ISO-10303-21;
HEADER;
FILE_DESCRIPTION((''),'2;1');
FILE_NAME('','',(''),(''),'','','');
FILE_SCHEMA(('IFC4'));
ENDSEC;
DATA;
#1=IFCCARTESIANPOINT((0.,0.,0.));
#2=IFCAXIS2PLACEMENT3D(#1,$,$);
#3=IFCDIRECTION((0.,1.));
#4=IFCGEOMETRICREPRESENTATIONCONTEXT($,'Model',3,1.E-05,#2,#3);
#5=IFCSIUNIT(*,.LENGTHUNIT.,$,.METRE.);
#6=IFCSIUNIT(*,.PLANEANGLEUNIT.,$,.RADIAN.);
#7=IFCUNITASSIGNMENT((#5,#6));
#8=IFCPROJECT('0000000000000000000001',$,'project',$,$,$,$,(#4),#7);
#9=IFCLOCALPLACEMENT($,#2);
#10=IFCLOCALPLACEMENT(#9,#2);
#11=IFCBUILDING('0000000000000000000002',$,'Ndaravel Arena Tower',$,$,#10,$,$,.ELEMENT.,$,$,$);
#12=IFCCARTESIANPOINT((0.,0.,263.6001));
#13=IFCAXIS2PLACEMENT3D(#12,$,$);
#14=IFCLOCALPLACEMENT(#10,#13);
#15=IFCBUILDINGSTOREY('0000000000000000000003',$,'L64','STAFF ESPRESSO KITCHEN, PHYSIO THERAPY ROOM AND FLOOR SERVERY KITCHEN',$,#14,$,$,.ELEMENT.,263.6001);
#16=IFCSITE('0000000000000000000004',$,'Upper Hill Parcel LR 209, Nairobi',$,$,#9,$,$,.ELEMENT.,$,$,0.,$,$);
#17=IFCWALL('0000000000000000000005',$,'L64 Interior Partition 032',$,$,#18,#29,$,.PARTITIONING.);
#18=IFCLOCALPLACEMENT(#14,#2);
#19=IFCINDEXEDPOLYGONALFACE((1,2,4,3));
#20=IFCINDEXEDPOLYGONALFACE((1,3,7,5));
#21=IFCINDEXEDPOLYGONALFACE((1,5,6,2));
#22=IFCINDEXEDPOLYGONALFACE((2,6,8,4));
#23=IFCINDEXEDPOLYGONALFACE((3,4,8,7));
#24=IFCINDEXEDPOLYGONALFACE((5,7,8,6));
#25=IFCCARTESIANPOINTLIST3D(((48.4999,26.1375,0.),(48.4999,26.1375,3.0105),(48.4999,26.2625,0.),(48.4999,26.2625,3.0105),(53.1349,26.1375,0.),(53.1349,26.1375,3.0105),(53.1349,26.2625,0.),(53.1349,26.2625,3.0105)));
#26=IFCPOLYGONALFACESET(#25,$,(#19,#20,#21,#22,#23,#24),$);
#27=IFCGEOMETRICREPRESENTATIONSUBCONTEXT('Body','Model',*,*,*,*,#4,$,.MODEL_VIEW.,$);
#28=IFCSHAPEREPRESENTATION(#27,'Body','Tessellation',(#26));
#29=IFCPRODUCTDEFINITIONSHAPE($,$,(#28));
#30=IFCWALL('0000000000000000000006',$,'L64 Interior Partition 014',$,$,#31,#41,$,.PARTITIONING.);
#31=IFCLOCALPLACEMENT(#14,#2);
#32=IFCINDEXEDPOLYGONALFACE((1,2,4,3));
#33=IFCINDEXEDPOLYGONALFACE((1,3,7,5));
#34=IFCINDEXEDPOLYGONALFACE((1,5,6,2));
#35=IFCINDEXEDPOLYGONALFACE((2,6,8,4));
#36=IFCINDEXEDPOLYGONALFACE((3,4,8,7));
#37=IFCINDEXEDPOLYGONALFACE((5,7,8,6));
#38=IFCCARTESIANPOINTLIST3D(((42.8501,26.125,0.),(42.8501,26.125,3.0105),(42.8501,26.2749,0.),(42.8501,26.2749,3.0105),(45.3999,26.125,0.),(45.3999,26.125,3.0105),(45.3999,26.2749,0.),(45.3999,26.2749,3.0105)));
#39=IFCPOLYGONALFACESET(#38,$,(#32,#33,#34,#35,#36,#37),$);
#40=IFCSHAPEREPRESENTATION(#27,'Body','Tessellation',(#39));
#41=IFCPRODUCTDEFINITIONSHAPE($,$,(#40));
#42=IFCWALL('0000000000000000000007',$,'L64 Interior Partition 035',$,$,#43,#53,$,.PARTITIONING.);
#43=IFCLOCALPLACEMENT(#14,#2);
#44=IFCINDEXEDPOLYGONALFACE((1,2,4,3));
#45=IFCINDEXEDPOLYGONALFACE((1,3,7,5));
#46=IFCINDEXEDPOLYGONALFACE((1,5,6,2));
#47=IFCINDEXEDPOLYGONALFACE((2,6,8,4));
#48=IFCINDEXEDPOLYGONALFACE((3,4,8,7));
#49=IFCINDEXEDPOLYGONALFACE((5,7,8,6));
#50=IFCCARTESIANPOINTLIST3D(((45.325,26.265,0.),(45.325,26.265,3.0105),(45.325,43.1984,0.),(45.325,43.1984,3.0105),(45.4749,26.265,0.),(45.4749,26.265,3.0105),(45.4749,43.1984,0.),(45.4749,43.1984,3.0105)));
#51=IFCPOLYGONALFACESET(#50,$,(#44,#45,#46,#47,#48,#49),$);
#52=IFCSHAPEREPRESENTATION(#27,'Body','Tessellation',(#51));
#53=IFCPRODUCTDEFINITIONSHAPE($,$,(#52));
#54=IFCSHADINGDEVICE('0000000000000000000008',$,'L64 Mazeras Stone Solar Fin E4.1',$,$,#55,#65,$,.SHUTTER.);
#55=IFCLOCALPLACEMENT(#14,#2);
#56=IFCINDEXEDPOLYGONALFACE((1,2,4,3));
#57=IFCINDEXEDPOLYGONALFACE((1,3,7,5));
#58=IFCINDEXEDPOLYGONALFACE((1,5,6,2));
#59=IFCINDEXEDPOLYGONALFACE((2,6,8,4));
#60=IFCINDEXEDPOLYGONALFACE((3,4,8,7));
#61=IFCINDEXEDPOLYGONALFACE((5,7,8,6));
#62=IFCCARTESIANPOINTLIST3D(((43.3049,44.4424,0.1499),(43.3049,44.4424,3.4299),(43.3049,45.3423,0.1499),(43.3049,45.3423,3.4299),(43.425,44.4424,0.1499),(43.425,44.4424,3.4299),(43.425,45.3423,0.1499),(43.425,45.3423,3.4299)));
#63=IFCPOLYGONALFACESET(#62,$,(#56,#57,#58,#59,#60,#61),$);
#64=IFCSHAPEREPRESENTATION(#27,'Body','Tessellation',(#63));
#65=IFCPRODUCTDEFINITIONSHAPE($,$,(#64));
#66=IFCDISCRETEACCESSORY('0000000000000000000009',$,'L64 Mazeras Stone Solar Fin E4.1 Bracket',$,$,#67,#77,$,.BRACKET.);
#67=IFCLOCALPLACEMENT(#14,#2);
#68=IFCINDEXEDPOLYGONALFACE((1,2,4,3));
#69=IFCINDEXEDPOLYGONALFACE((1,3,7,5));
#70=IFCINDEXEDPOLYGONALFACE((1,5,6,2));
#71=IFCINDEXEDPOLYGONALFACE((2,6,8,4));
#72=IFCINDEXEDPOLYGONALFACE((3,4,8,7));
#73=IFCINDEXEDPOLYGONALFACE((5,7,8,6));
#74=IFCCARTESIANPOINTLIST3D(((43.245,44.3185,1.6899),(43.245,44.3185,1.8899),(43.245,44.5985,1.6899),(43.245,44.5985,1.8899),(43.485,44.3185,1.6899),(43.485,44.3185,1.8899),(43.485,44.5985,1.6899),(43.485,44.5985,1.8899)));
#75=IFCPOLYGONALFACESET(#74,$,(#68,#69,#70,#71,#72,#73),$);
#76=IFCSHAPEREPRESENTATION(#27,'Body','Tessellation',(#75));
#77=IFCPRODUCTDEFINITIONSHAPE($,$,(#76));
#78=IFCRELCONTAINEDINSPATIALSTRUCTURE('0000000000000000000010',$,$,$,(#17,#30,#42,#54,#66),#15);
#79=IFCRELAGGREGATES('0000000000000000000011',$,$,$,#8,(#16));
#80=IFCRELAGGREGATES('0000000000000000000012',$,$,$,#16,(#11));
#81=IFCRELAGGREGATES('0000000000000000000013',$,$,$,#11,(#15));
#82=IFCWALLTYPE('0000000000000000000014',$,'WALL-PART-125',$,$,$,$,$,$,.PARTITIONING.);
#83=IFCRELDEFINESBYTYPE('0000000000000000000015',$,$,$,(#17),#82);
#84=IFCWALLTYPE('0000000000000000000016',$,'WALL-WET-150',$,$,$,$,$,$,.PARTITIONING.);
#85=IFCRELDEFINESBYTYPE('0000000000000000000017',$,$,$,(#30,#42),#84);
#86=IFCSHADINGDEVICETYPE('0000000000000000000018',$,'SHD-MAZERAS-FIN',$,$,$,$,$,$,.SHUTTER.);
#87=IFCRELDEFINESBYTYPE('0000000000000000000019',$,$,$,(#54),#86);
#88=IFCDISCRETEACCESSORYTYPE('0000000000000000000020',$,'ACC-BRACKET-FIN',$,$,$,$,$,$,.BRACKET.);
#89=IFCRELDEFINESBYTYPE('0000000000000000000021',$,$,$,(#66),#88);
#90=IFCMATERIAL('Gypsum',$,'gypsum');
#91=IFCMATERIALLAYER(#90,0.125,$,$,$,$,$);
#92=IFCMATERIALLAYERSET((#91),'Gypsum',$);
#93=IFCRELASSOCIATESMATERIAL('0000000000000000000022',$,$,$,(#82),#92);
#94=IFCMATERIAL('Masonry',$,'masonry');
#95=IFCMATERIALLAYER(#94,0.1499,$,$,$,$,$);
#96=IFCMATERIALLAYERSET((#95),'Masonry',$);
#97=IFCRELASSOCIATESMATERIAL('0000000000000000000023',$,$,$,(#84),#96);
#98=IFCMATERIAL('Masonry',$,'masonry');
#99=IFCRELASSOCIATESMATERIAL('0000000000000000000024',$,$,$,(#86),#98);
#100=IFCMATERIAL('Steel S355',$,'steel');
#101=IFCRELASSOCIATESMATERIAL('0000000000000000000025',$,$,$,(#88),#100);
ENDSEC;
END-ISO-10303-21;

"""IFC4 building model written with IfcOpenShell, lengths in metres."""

from ifc_helpers import new_model, si_unit, direction, frame, frame_2d, origin, origin_2d, place, context, subcontext, project, spatial, rectangle, extrude, material, layer, layer_set, type_object, element, save


model = new_model("IFC4")

# Units and contexts
model_context = context("Model", 3, precision=1e-05, world=origin(), true_north=direction((0.0, 1.0)))
body_context = subcontext(model_context, "Body", "Model", "MODEL_VIEW")
ifc_project = project(units=[si_unit("LENGTHUNIT", "METRE"), si_unit("PLANEANGLEUNIT", "RADIAN")], contexts=[model_context])

# Site, building, storey
site_placement = place(None, origin())
site = spatial("IfcSite", under=ifc_project, at=site_placement, Name="Upper Hill Parcel LR 209, Nairobi", CompositionType="ELEMENT", RefElevation=0.0)
building_placement = place(site_placement, origin())
building = spatial("IfcBuilding", under=site, at=building_placement, Name="Ndaravel Arena Tower", CompositionType="ELEMENT")
storey_placement = place(building_placement, frame((0.0, 0.0, 263.6001)))
storey = spatial("IfcBuildingStorey", under=building, at=storey_placement, Name="L64", Description="STAFF ESPRESSO KITCHEN, PHYSIO THERAPY ROOM AND FLOOR SERVERY KITCHEN", CompositionType="ELEMENT", Elevation=263.6001)

# Shared definitions
ifc_material_1 = material(Name="Gypsum", Category="gypsum")
ifc_layer_1 = layer(ifc_material_1, 0.125)
ifc_layer_set_1 = layer_set([ifc_layer_1], Name="Gypsum")
wall_type_1 = type_object("IfcWallType", Name="WALL-PART-125", PredefinedType="PARTITIONING", material=ifc_layer_set_1)

# Walls
wall_1_placement = place(storey_placement, frame((48.5, 26.2, 0.0), z_axis=(0.0, 0.0, 1.0), x_axis=(1.0, 0.0, 0.0)))
element("IfcWall", 1, at=wall_1_placement, inside=storey, type_object=wall_type_1, Name="L64 Interior Partition 032", PredefinedType="PARTITIONING", context=body_context, shape_type="SweptSolid", body=[
    extrude(rectangle(XDim=4.635, YDim=0.125, at=frame_2d((2.3174, 0.0))), origin(), (0.0, 0.0, 1.0), 3.0105),
])
ifc_material_2 = material(Name="Masonry", Category="masonry")
ifc_layer_2 = layer(ifc_material_2, 0.1499)
ifc_layer_set_2 = layer_set([ifc_layer_2], Name="Masonry")
wall_type_2 = type_object("IfcWallType", Name="WALL-WET-150", PredefinedType="PARTITIONING", material=ifc_layer_set_2)
wall_2_placement = place(storey_placement, frame((42.8501, 26.2, 0.0), z_axis=(0.0, 0.0, 1.0), x_axis=(1.0, 0.0, 0.0)))
element("IfcWall", 2, at=wall_2_placement, inside=storey, type_object=wall_type_2, Name="L64 Interior Partition 014", PredefinedType="PARTITIONING", context=body_context, shape_type="SweptSolid", body=[
    extrude(rectangle(XDim=2.5498, YDim=0.1499, at=frame_2d((1.2749, 0.0))), origin(), (0.0, 0.0, 1.0), 3.0105),
])
wall_3_placement = place(storey_placement, frame((45.3999, 26.2649, 0.0), z_axis=(0.0, 0.0, 1.0), x_axis=(0.0, 1.0, 0.0)))
element("IfcWall", 3, at=wall_3_placement, inside=storey, type_object=wall_type_2, Name="L64 Interior Partition 035", PredefinedType="PARTITIONING", context=body_context, shape_type="SweptSolid", body=[
    extrude(rectangle(XDim=16.9333, YDim=0.1499, at=frame_2d((8.4668, 0.0))), origin(), (0.0, 0.0, 1.0), 3.0105),
])

# Shading device
ifc_material_3 = material(Name="Masonry", Category="masonry")
shading_device_type = type_object("IfcShadingDeviceType", Name="SHD-MAZERAS-FIN", PredefinedType="SHUTTER", material=ifc_material_3)
shading_device_placement = place(storey_placement, frame((43.365, 44.8923, 0.1499), z_axis=(0.0, 0.0, 1.0), x_axis=(0.0, 1.0, 0.0)))
element("IfcShadingDevice", 4, at=shading_device_placement, inside=storey, type_object=shading_device_type, Name="L64 Mazeras Stone Solar Fin E4.1", PredefinedType="SHUTTER", context=body_context, shape_type="SweptSolid", body=[
    extrude(rectangle(XDim=0.8999, YDim=0.1201, at=origin_2d()), origin(), (0.0, 0.0, 1.0), 3.28),
])

# Discrete accessory
ifc_material_4 = material(Name="Steel S355", Category="steel")
discrete_accessory_type = type_object("IfcDiscreteAccessoryType", Name="ACC-BRACKET-FIN", PredefinedType="BRACKET", material=ifc_material_4)
discrete_accessory_placement = place(storey_placement, frame((43.365, 44.4585, 1.6899), z_axis=(0.0, 0.0, 1.0), x_axis=(0.0, 1.0, 0.0)))
element("IfcDiscreteAccessory", 5, at=discrete_accessory_placement, inside=storey, type_object=discrete_accessory_type, Name="L64 Mazeras Stone Solar Fin E4.1 Bracket", PredefinedType="BRACKET", context=body_context, shape_type="SweptSolid", body=[
    extrude(rectangle(XDim=0.28, YDim=0.24, at=origin_2d()), origin(), (0.0, 0.0, 1.0), 0.2),
])

save(model, "model.ifc")
